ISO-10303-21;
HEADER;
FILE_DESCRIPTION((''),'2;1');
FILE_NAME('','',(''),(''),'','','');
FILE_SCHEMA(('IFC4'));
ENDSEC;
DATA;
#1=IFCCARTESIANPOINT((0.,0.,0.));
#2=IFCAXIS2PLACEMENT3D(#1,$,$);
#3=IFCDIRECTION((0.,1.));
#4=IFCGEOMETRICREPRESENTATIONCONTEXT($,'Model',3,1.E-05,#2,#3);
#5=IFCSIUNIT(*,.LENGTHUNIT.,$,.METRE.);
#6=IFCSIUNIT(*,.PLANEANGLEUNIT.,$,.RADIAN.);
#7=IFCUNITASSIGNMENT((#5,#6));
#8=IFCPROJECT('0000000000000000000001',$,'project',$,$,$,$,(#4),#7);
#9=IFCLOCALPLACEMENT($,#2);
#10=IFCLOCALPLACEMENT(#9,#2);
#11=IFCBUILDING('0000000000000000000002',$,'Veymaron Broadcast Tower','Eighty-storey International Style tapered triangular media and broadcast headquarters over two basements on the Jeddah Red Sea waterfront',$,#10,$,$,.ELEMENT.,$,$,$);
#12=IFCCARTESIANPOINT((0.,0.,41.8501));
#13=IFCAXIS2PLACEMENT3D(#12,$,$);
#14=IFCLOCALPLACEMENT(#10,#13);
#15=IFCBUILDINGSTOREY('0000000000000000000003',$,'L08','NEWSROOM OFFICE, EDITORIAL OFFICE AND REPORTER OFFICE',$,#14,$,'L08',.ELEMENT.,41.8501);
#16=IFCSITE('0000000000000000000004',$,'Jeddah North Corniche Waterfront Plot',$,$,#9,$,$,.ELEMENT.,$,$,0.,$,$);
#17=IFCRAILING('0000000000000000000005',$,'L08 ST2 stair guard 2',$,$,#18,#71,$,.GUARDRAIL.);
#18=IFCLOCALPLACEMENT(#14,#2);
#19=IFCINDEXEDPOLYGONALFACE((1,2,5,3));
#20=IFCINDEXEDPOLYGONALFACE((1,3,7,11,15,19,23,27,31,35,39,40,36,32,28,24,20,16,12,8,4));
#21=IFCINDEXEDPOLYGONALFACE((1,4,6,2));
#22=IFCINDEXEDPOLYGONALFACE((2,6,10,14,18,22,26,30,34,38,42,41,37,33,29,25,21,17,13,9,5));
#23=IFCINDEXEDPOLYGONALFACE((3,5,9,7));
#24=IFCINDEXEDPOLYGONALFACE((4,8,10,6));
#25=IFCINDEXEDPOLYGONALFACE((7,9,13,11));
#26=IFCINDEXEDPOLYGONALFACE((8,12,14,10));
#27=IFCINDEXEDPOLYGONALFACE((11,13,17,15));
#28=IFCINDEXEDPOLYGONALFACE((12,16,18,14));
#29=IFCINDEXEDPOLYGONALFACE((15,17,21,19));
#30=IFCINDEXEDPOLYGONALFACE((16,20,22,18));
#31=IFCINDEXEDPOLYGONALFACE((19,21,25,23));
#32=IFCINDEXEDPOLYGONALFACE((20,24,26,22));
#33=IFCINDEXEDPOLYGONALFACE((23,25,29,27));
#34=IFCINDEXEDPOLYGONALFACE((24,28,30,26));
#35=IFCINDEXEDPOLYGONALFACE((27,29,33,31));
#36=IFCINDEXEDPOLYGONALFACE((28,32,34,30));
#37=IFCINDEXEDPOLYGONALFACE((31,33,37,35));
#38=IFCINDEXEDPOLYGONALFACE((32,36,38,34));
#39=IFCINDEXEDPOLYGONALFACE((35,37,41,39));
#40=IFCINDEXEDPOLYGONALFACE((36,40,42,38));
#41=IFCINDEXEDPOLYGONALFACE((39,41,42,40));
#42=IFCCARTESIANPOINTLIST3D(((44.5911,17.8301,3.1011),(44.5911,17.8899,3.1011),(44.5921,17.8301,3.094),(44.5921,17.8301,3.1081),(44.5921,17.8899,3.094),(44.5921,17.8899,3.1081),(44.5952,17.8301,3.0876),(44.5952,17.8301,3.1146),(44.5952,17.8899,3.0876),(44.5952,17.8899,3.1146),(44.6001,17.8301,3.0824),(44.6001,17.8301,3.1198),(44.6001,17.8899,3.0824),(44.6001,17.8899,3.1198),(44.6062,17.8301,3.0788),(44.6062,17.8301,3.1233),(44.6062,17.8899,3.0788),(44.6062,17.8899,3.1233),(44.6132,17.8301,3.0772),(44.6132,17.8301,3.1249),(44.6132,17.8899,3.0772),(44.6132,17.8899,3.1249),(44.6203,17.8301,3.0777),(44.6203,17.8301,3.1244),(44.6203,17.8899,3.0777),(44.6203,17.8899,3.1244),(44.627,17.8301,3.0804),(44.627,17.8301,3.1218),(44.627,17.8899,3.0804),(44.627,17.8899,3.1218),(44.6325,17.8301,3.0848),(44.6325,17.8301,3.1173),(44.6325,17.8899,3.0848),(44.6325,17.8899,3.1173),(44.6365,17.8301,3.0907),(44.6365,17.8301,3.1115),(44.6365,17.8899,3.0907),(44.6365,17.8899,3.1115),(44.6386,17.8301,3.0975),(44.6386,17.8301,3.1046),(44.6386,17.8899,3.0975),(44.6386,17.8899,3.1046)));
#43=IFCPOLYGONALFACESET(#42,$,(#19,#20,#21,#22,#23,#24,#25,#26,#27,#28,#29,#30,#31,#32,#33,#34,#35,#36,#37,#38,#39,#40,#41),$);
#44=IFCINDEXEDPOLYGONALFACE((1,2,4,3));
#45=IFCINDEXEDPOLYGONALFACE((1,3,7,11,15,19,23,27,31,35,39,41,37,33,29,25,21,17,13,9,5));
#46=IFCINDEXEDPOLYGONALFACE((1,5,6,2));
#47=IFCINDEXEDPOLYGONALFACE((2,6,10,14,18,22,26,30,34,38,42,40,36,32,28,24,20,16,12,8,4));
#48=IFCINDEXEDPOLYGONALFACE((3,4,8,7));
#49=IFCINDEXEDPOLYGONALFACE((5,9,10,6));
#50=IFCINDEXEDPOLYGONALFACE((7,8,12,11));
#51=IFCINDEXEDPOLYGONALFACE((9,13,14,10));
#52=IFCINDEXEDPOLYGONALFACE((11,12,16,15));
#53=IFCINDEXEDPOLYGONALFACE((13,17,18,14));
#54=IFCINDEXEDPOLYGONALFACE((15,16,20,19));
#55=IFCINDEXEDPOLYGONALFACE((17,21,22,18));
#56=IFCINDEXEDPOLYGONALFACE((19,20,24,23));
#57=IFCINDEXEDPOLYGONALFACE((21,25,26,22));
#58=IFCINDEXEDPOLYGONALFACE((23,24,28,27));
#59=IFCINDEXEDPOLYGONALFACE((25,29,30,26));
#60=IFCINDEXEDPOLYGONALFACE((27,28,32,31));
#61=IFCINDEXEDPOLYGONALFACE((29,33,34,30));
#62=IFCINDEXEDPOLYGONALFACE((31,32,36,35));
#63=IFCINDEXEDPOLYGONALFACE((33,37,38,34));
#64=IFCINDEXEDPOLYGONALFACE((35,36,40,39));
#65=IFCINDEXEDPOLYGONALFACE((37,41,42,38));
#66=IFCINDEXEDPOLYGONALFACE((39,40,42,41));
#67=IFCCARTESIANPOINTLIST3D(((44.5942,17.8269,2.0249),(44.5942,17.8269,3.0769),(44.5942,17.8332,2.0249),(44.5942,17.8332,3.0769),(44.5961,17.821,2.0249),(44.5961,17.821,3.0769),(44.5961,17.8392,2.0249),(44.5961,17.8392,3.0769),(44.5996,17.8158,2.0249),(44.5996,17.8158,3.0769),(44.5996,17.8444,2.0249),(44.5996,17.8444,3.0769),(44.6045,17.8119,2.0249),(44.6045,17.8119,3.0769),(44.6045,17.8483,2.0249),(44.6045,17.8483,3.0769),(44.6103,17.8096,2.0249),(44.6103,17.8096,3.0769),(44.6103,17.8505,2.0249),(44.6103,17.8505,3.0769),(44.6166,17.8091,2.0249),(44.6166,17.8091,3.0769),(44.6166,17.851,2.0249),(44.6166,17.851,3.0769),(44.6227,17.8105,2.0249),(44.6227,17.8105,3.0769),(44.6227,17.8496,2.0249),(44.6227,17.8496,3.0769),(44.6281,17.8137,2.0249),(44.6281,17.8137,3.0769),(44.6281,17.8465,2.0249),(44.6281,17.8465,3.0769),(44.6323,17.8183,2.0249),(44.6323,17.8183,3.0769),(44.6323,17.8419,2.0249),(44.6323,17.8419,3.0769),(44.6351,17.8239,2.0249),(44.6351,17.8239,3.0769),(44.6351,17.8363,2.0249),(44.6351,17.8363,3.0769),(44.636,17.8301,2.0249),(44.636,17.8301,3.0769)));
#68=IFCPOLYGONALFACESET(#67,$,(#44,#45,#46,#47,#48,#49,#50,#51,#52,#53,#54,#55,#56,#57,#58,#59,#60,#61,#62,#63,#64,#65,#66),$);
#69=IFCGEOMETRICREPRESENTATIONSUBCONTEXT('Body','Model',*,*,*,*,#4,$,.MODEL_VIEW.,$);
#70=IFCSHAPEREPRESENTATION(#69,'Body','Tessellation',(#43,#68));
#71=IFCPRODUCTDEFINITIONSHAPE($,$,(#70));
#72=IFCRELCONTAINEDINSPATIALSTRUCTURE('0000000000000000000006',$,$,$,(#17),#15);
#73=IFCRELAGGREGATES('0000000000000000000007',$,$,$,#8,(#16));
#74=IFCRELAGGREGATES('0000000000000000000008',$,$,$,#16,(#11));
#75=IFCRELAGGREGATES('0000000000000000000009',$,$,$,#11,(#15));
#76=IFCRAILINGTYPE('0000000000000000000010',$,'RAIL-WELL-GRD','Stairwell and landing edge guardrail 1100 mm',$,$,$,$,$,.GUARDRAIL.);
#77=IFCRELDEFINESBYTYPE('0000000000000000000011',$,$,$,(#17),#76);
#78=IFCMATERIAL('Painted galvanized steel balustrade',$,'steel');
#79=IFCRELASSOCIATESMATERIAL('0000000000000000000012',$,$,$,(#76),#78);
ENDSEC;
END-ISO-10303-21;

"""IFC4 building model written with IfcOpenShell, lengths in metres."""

from ifc_helpers import new_model, si_unit, direction, frame, origin, origin_2d, place, context, subcontext, project, spatial, circle, extrude, material, type_object, element, save


model = new_model("IFC4")

# Units and contexts
model_context = context("Model", 3, precision=1e-05, world=origin(), true_north=direction((0.0, 1.0)))
body_context = subcontext(model_context, "Body", "Model", "MODEL_VIEW")
ifc_project = project(units=[si_unit("LENGTHUNIT", "METRE"), si_unit("PLANEANGLEUNIT", "RADIAN")], contexts=[model_context])

# Site, building, storey
site_placement = place(None, origin())
site = spatial("IfcSite", under=ifc_project, at=site_placement, Name="Jeddah North Corniche Waterfront Plot", CompositionType="ELEMENT", RefElevation=0.0)
building_placement = place(site_placement, origin())
building = spatial("IfcBuilding", under=site, at=building_placement, Name="Veymaron Broadcast Tower", Description="Eighty-storey International Style tapered triangular media and broadcast headquarters over two basements on the Jeddah Red Sea waterfront", CompositionType="ELEMENT")
storey_placement = place(building_placement, frame((0.0, 0.0, 41.8501)))
storey = spatial("IfcBuildingStorey", under=building, at=storey_placement, Name="L08", Description="NEWSROOM OFFICE, EDITORIAL OFFICE AND REPORTER OFFICE", LongName="L08", CompositionType="ELEMENT", Elevation=41.8501)

# Railing
ifc_material_1 = material(Name="Painted galvanized steel balustrade", Category="steel")
railing_type_1 = type_object("IfcRailingType", Name="RAIL-WELL-GRD", Description="Stairwell and landing edge guardrail 1100 mm", PredefinedType="GUARDRAIL", material=ifc_material_1)
railing_1_placement = place(storey_placement, frame((44.615, 17.8301, 2.0249)))
element("IfcRailing", 1, at=railing_1_placement, inside=storey, type_object=railing_type_1, Name="L08 ST2 stair guard 2", PredefinedType="GUARDRAIL", context=body_context, shape_type="SweptSolid", body=[
    extrude(circle(Radius=0.0239, at=origin_2d()), frame((0.0, 0.0, 1.0762), z_axis=(0.0, 1.0, 0.0), x_axis=(-1.0, 0.0, 0.0)), (0.0, 0.0, 1.0), 0.0598),
    extrude(circle(Radius=0.021, at=origin_2d()), origin(), (0.0, 0.0, 1.0), 1.052),
])

save(model, "model.ifc")
